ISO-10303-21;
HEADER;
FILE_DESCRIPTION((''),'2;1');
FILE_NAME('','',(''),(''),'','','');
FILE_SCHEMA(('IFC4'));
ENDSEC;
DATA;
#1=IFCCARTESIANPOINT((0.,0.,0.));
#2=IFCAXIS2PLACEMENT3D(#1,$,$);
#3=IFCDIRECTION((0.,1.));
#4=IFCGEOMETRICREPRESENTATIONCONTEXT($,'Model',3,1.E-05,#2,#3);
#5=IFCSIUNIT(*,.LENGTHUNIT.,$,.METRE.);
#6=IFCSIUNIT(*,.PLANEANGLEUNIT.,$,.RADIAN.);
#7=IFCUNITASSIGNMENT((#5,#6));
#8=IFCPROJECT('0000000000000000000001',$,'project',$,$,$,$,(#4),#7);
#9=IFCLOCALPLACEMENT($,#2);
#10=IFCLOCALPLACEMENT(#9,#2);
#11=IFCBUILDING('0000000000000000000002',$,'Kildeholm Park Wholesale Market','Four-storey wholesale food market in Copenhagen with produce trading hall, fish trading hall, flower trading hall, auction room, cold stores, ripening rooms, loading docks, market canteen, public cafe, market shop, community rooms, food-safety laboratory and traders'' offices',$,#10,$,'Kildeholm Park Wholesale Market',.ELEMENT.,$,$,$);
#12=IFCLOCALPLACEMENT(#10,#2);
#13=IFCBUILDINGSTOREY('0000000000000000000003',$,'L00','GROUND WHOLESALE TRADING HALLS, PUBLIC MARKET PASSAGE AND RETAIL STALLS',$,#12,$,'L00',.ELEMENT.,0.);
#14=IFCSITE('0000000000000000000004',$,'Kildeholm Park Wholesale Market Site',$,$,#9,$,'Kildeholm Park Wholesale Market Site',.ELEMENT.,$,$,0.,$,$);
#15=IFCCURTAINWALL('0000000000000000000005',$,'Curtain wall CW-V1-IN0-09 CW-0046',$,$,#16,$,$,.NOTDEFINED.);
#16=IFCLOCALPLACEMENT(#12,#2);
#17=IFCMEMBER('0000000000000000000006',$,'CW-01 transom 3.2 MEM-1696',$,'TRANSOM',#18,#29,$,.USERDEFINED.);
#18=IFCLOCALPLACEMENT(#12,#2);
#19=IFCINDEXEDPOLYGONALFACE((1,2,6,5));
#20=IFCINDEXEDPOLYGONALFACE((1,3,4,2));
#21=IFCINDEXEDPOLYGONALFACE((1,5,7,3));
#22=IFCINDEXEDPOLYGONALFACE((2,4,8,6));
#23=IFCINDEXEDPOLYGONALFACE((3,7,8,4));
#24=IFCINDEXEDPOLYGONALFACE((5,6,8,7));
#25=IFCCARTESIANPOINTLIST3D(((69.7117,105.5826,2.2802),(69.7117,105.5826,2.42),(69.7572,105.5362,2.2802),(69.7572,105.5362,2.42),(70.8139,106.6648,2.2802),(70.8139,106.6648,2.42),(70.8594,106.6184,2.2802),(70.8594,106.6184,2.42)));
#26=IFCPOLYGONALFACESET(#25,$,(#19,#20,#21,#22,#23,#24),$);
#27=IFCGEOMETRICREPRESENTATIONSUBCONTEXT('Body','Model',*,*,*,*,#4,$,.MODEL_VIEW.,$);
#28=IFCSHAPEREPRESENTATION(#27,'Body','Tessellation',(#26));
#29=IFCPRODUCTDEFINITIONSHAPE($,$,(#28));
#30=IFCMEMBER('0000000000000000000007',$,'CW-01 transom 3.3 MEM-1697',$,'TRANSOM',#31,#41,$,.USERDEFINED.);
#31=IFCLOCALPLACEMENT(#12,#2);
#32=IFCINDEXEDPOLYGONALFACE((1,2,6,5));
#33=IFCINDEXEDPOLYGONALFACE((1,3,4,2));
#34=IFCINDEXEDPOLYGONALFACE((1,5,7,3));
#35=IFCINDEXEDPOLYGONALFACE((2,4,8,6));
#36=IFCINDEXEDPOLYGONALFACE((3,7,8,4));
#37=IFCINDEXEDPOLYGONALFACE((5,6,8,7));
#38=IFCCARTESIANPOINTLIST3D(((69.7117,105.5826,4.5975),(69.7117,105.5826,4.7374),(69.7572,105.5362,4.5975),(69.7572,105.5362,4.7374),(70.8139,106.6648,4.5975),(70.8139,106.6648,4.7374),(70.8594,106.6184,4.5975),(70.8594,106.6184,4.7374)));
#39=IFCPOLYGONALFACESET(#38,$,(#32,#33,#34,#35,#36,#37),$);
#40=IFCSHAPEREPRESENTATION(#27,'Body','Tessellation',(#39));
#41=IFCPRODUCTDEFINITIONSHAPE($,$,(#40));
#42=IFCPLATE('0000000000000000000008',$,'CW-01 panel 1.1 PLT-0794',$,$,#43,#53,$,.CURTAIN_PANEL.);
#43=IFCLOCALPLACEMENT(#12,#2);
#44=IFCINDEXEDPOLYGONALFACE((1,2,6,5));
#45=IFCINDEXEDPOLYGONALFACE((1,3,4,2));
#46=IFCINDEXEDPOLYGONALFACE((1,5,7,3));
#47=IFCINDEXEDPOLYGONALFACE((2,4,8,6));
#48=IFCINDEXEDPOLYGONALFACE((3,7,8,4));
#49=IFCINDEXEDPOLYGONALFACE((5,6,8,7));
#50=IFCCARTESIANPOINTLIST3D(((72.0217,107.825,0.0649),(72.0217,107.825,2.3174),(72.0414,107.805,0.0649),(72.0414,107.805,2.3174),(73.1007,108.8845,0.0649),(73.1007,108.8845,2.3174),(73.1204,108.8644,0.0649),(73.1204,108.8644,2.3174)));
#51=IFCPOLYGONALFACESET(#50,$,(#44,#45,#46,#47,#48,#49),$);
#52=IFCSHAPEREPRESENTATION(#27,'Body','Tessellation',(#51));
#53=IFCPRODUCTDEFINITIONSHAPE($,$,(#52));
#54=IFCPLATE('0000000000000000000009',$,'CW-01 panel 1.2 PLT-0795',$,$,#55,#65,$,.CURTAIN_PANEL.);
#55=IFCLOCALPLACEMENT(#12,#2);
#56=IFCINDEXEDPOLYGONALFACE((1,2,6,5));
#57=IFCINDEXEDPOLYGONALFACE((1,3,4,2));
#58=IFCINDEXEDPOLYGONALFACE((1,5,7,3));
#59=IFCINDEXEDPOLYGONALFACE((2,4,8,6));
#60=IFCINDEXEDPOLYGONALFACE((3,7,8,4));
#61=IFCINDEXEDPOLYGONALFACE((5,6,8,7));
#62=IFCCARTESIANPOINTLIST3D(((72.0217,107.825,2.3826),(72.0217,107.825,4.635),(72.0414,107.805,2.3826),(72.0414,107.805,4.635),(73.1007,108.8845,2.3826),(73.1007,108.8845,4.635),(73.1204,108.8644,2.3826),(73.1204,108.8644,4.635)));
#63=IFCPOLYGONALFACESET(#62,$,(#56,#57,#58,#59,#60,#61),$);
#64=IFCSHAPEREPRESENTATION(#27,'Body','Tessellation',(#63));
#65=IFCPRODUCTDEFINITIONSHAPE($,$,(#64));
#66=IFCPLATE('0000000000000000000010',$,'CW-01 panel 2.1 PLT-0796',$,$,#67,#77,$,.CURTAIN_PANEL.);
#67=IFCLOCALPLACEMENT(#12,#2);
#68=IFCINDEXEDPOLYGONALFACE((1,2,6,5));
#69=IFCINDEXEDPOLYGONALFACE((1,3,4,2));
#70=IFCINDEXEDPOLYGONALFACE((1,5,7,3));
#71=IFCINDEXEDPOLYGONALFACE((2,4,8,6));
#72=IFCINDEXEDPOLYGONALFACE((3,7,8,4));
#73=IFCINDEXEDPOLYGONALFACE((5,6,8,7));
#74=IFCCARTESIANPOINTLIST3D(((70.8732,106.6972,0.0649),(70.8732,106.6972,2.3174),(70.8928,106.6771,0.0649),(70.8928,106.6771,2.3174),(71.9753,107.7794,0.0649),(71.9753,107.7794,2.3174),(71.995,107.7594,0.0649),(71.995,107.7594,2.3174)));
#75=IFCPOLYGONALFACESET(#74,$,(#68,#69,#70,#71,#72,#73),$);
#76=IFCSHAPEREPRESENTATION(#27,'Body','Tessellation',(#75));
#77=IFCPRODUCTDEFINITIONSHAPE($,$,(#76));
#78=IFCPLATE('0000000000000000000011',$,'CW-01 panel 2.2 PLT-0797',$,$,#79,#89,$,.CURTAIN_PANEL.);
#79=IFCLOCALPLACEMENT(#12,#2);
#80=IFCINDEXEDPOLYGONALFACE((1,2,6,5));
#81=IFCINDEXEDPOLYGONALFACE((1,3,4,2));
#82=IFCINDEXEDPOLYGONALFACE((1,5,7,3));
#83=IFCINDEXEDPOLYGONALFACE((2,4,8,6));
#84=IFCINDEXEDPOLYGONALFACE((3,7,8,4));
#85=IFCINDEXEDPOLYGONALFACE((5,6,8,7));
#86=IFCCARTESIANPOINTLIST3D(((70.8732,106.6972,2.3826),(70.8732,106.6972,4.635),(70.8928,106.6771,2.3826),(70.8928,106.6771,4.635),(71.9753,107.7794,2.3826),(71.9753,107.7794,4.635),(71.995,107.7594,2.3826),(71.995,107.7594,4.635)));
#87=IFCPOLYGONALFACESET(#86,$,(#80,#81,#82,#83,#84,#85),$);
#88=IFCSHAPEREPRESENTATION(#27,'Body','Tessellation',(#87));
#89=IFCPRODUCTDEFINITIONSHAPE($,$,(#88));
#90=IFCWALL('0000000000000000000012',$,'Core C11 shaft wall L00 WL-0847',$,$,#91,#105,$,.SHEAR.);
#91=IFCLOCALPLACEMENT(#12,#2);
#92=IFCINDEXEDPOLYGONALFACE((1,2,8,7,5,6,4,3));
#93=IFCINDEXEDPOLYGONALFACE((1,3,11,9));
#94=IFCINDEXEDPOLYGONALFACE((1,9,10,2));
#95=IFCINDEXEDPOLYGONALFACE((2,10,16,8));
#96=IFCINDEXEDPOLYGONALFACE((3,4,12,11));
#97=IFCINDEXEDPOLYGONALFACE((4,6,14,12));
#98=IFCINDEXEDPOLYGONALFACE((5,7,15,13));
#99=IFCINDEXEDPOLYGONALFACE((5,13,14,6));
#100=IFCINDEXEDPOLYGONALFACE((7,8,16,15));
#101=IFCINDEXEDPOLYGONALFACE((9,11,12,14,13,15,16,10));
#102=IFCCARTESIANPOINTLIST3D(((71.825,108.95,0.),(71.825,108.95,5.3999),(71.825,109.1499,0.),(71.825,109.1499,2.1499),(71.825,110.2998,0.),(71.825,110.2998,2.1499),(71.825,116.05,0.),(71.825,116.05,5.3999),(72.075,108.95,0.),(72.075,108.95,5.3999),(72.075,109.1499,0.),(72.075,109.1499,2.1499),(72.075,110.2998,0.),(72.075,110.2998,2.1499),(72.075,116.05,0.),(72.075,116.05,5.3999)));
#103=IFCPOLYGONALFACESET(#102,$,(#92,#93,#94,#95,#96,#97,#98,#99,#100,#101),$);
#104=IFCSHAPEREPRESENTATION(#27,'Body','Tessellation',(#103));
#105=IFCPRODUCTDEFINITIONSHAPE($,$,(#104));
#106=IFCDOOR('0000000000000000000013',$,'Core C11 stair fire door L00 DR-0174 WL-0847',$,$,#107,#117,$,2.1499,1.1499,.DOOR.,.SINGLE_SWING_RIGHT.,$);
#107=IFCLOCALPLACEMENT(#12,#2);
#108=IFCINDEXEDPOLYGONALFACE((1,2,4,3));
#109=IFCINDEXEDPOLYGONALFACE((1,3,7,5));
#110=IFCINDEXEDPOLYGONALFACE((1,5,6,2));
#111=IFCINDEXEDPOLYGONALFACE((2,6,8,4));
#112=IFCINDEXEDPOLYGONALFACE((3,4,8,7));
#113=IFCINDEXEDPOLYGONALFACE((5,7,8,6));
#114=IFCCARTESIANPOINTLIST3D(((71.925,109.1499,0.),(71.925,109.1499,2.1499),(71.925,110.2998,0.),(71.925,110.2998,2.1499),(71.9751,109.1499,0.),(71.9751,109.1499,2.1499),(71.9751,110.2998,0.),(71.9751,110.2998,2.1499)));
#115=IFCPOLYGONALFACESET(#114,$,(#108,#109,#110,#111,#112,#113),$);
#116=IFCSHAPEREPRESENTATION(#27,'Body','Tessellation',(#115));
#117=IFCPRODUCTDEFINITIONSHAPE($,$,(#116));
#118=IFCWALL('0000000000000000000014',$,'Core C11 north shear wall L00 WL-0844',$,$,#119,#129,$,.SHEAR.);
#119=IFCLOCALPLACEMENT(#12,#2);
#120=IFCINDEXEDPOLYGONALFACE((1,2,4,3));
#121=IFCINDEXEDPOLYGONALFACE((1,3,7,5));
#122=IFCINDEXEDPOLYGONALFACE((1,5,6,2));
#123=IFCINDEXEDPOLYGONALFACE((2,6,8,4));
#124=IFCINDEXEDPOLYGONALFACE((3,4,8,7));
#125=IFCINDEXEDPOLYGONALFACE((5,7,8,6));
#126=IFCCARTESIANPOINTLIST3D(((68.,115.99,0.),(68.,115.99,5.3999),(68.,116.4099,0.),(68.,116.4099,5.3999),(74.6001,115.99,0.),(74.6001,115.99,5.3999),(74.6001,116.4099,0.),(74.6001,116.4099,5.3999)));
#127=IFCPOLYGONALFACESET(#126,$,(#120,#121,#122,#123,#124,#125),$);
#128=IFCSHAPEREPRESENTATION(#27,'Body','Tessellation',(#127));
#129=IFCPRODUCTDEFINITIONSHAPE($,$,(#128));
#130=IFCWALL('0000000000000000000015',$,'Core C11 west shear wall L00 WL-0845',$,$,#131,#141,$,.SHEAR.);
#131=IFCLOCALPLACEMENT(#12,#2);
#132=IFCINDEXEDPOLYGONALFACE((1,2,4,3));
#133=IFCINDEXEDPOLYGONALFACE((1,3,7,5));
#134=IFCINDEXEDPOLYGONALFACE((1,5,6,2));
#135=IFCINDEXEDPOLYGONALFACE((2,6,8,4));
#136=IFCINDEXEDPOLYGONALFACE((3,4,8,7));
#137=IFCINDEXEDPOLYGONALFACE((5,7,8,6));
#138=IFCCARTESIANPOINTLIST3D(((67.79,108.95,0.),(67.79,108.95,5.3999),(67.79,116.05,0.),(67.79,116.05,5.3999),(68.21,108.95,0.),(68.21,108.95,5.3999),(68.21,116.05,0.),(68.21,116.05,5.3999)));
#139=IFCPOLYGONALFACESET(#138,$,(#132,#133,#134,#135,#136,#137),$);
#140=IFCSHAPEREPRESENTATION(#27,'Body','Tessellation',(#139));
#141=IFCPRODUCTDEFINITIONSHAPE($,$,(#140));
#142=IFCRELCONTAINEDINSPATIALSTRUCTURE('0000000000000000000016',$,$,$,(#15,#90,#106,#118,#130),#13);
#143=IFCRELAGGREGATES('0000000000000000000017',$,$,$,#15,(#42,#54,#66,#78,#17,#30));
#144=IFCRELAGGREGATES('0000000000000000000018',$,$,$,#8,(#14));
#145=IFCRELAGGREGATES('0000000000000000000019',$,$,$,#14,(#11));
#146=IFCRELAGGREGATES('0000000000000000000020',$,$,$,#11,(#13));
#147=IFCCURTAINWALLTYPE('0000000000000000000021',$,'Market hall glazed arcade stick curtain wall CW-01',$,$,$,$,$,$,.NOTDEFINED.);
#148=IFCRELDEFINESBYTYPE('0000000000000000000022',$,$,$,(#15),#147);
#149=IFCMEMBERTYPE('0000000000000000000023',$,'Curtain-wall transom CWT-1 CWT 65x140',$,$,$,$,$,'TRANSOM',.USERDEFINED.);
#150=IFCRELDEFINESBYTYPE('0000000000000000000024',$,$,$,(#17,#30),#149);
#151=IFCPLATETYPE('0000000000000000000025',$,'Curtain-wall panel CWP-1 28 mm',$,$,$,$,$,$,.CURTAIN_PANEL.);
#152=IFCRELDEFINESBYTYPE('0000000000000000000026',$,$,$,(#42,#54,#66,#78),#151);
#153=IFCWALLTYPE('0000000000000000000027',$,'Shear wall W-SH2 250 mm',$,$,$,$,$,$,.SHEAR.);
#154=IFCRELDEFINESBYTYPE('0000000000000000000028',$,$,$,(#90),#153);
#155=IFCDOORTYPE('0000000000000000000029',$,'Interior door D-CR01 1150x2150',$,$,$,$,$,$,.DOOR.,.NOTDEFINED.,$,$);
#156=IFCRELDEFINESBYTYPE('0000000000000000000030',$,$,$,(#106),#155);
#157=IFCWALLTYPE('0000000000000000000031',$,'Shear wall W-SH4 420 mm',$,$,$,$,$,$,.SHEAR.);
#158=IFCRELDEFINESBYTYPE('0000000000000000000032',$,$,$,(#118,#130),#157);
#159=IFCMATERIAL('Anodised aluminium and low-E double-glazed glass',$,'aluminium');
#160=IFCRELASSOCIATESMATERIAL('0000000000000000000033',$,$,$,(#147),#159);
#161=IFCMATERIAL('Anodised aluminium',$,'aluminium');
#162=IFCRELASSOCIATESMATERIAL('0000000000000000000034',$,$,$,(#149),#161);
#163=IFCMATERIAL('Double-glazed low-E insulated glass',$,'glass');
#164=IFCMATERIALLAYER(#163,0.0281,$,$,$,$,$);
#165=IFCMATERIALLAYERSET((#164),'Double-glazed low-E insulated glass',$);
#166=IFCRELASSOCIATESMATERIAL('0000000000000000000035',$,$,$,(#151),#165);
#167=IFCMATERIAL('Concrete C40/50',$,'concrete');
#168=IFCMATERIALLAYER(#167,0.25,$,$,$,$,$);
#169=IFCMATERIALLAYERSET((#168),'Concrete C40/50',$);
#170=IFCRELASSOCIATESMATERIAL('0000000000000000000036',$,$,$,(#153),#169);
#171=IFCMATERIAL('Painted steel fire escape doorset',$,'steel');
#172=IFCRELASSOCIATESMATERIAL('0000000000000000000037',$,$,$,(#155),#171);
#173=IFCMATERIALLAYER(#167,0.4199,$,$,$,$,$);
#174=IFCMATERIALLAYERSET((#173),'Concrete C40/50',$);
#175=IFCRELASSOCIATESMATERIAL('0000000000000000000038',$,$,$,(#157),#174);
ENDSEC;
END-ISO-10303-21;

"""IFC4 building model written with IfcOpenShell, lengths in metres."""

from ifc_helpers import new_model, si_unit, direction, frame, frame_2d, origin, origin_2d, place, context, subcontext, project, spatial, rectangle, extrude, material, layer, layer_set, material_profile, profile_set, type_object, element, fill, aggregate, save


model = new_model("IFC4")

# Units and contexts
model_context = context("Model", 3, precision=1e-05, world=origin(), true_north=direction((0.0, 1.0)))
body_context = subcontext(model_context, "Body", "Model", "MODEL_VIEW")
ifc_project = project(units=[si_unit("LENGTHUNIT", "METRE"), si_unit("PLANEANGLEUNIT", "RADIAN")], contexts=[model_context])

# Site, building, storey
site_placement = place(None, origin())
site = spatial("IfcSite", under=ifc_project, at=site_placement, Name="Kildeholm Park Wholesale Market Site", LongName="Kildeholm Park Wholesale Market Site", CompositionType="ELEMENT", RefElevation=0.0)
building_placement = place(site_placement, origin())
building = spatial("IfcBuilding", under=site, at=building_placement, Name="Kildeholm Park Wholesale Market", Description="Four-storey wholesale food market in Copenhagen with produce trading hall, fish trading hall, flower trading hall, auction room, cold stores, ripening rooms, loading docks, market canteen, public cafe, market shop, community rooms, food-safety laboratory and traders' offices", LongName="Kildeholm Park Wholesale Market", CompositionType="ELEMENT")
storey_placement = place(building_placement, origin())
storey = spatial("IfcBuildingStorey", under=building, at=storey_placement, Name="L00", Description="GROUND WHOLESALE TRADING HALLS, PUBLIC MARKET PASSAGE AND RETAIL STALLS", LongName="L00", CompositionType="ELEMENT", Elevation=0.0)

# Curtain wall, members, plates
ifc_material_1 = material(Name="Anodised aluminium and low-E double-glazed glass", Category="aluminium")
curtain_wall_type = type_object("IfcCurtainWallType", Name="Market hall glazed arcade stick curtain wall CW-01", PredefinedType="NOTDEFINED", material=ifc_material_1)
curtain_wall_placement = place(storey_placement, origin())
curtain_wall = element("IfcCurtainWall", 1, at=curtain_wall_placement, inside=storey, type_object=curtain_wall_type, Name="Curtain wall CW-V1-IN0-09 CW-0046", PredefinedType="NOTDEFINED")
ifc_material_2 = material(Name="Anodised aluminium", Category="aluminium")
ifc_material_profile_1 = material_profile(ifc_material_2, rectangle(XDim=0.0649, YDim=0.1399, at=origin_2d()), Name="CWT 65x140")
ifc_profile_set_1 = profile_set([ifc_material_profile_1], Name="Anodised aluminium")
member_type_1 = type_object("IfcMemberType", Name="Curtain-wall transom CWT-1 CWT 65x140", ElementType="TRANSOM", PredefinedType="USERDEFINED", material=ifc_profile_set_1)
member_1_placement = place(storey_placement, frame((70.8367, 106.6416, 2.3501), z_axis=(-0.713557, -0.700597, 0.0), x_axis=(0.700597, -0.713557, 0.0)))
member_1 = element("IfcMember", 2, at=member_1_placement, type_object=member_type_1, Name="CW-01 transom 3.2 MEM-1696", ObjectType="TRANSOM", PredefinedType="USERDEFINED", context=body_context, shape_type="SweptSolid", body=[
    extrude(rectangle(XDim=0.0649, YDim=0.1399, at=origin_2d()), origin(), (0.0, 0.0, 1.0), 1.5447),
])
member_2_placement = place(storey_placement, frame((70.8367, 106.6416, 4.6675), z_axis=(-0.713557, -0.700597, 0.0), x_axis=(0.700597, -0.713557, 0.0)))
member_2 = element("IfcMember", 3, at=member_2_placement, type_object=member_type_1, Name="CW-01 transom 3.3 MEM-1697", ObjectType="TRANSOM", PredefinedType="USERDEFINED", context=body_context, shape_type="SweptSolid", body=[
    extrude(rectangle(XDim=0.0649, YDim=0.1399, at=origin_2d()), origin(), (0.0, 0.0, 1.0), 1.5447),
])
ifc_material_3 = material(Name="Double-glazed low-E insulated glass", Category="glass")
ifc_layer_1 = layer(ifc_material_3, 0.0281)
ifc_layer_set_1 = layer_set([ifc_layer_1], Name="Double-glazed low-E insulated glass")
plate_type = type_object("IfcPlateType", Name="Curtain-wall panel CWP-1 28 mm", PredefinedType="CURTAIN_PANEL", material=ifc_layer_set_1)
plate_1_placement = place(storey_placement, frame((72.571, 108.3447, 0.0649), z_axis=(0.0, 0.0, 1.0), x_axis=(-0.713538, -0.700617, 0.0)))
plate_1 = element("IfcPlate", 4, at=plate_1_placement, type_object=plate_type, Name="CW-01 panel 1.1 PLT-0794", PredefinedType="CURTAIN_PANEL", context=body_context, shape_type="SweptSolid", body=[
    extrude(rectangle(XDim=1.5122, YDim=0.0281, at=origin_2d()), origin(), (0.0, 0.0, 1.0), 2.2524),
])
plate_2_placement = place(storey_placement, frame((72.571, 108.3447, 2.3826), z_axis=(0.0, 0.0, 1.0), x_axis=(-0.713538, -0.700617, 0.0)))
plate_2 = element("IfcPlate", 5, at=plate_2_placement, type_object=plate_type, Name="CW-01 panel 1.2 PLT-0795", PredefinedType="CURTAIN_PANEL", context=body_context, shape_type="SweptSolid", body=[
    extrude(rectangle(XDim=1.5122, YDim=0.0281, at=origin_2d()), origin(), (0.0, 0.0, 1.0), 2.2524),
])
plate_3_placement = place(storey_placement, frame((71.4341, 107.2283, 0.0649), z_axis=(0.0, 0.0, 1.0), x_axis=(-0.713538, -0.700617, 0.0)))
plate_3 = element("IfcPlate", 6, at=plate_3_placement, type_object=plate_type, Name="CW-01 panel 2.1 PLT-0796", PredefinedType="CURTAIN_PANEL", context=body_context, shape_type="SweptSolid", body=[
    extrude(rectangle(XDim=1.5447, YDim=0.0281, at=origin_2d()), origin(), (0.0, 0.0, 1.0), 2.2524),
])
plate_4_placement = place(storey_placement, frame((71.4341, 107.2283, 2.3826), z_axis=(0.0, 0.0, 1.0), x_axis=(-0.713538, -0.700617, 0.0)))
plate_4 = element("IfcPlate", 7, at=plate_4_placement, type_object=plate_type, Name="CW-01 panel 2.2 PLT-0797", PredefinedType="CURTAIN_PANEL", context=body_context, shape_type="SweptSolid", body=[
    extrude(rectangle(XDim=1.5447, YDim=0.0281, at=origin_2d()), origin(), (0.0, 0.0, 1.0), 2.2524),
])
aggregate(curtain_wall, [plate_1, plate_2, plate_3, plate_4, member_1, member_2])

# Wall, opening, door
ifc_material_4 = material(Name="Concrete C40/50", Category="concrete")
ifc_layer_2 = layer(ifc_material_4, 0.25)
ifc_layer_set_2 = layer_set([ifc_layer_2], Name="Concrete C40/50")
wall_type_1 = type_object("IfcWallType", Name="Shear wall W-SH2 250 mm", PredefinedType="SHEAR", material=ifc_layer_set_2)
wall_1_placement = place(storey_placement, frame((71.95, 108.95, 0.0), z_axis=(0.0, 0.0, 1.0), x_axis=(0.0, 1.0, 0.0)))
wall_1 = element("IfcWall", 8, at=wall_1_placement, inside=storey, type_object=wall_type_1, Name="Core C11 shaft wall L00 WL-0847", PredefinedType="SHEAR", context=body_context, shape_type="SweptSolid", body=[
    extrude(rectangle(XDim=7.1001, YDim=0.25, at=frame_2d((3.55, 0.0))), origin(), (0.0, 0.0, 1.0), 5.3999),
])
opening_1_placement = place(wall_1_placement, frame((0.2, 0.0, 0.0)))
opening_1 = element("IfcOpeningElement", 9, at=opening_1_placement, cuts=wall_1, PredefinedType="OPENING", context=body_context, shape_type="SweptSolid", body=[
    extrude(rectangle(XDim=1.1499, YDim=2.1499, at=frame_2d((0.575, 1.075))), frame((0.0, 0.135, 0.0), z_axis=(0.0, -1.0, 0.0), x_axis=(1.0, 0.0, 0.0)), (0.0, 0.0, 1.0), 0.27),
])
ifc_material_5 = material(Name="Painted steel fire escape doorset", Category="steel")
door_type_1 = type_object("IfcDoorType", Name="Interior door D-CR01 1150x2150", OperationType="NOTDEFINED", PredefinedType="DOOR", material=ifc_material_5)
door_1_placement = place(opening_1_placement, origin())
door_1 = element("IfcDoor", 10, at=door_1_placement, inside=storey, type_object=door_type_1, Name="Core C11 stair fire door L00 DR-0174 WL-0847", OperationType="SINGLE_SWING_RIGHT", OverallHeight=2.1499, OverallWidth=1.1499, PredefinedType="DOOR", context=body_context, shape_type="SweptSolid", body=[
    extrude(rectangle(XDim=1.1499, YDim=2.1499, at=frame_2d((0.575, 1.075))), frame((0.0, 0.0249, 0.0), z_axis=(0.0, -1.0, 0.0), x_axis=(1.0, 0.0, 0.0)), (0.0, 0.0, 1.0), 0.05),
])
fill(opening_1, door_1)
ifc_layer_3 = layer(ifc_material_4, 0.4199)
ifc_layer_set_3 = layer_set([ifc_layer_3], Name="Concrete C40/50")
wall_type_2 = type_object("IfcWallType", Name="Shear wall W-SH4 420 mm", PredefinedType="SHEAR", material=ifc_layer_set_3)

# Walls
wall_2_placement = place(storey_placement, frame((68.0, 116.2, 0.0), z_axis=(0.0, 0.0, 1.0), x_axis=(1.0, 0.0, 0.0)))
element("IfcWall", 11, at=wall_2_placement, inside=storey, type_object=wall_type_2, Name="Core C11 north shear wall L00 WL-0844", PredefinedType="SHEAR", context=body_context, shape_type="SweptSolid", body=[
    extrude(rectangle(XDim=6.6001, YDim=0.4199, at=frame_2d((3.3, 0.0))), origin(), (0.0, 0.0, 1.0), 5.3999),
])
wall_3_placement = place(storey_placement, frame((68.0, 108.95, 0.0), z_axis=(0.0, 0.0, 1.0), x_axis=(0.0, 1.0, 0.0)))
element("IfcWall", 12, at=wall_3_placement, inside=storey, type_object=wall_type_2, Name="Core C11 west shear wall L00 WL-0845", PredefinedType="SHEAR", context=body_context, shape_type="SweptSolid", body=[
    extrude(rectangle(XDim=7.1001, YDim=0.4199, at=frame_2d((3.55, 0.0))), origin(), (0.0, 0.0, 1.0), 5.3999),
])

save(model, "model.ifc")
